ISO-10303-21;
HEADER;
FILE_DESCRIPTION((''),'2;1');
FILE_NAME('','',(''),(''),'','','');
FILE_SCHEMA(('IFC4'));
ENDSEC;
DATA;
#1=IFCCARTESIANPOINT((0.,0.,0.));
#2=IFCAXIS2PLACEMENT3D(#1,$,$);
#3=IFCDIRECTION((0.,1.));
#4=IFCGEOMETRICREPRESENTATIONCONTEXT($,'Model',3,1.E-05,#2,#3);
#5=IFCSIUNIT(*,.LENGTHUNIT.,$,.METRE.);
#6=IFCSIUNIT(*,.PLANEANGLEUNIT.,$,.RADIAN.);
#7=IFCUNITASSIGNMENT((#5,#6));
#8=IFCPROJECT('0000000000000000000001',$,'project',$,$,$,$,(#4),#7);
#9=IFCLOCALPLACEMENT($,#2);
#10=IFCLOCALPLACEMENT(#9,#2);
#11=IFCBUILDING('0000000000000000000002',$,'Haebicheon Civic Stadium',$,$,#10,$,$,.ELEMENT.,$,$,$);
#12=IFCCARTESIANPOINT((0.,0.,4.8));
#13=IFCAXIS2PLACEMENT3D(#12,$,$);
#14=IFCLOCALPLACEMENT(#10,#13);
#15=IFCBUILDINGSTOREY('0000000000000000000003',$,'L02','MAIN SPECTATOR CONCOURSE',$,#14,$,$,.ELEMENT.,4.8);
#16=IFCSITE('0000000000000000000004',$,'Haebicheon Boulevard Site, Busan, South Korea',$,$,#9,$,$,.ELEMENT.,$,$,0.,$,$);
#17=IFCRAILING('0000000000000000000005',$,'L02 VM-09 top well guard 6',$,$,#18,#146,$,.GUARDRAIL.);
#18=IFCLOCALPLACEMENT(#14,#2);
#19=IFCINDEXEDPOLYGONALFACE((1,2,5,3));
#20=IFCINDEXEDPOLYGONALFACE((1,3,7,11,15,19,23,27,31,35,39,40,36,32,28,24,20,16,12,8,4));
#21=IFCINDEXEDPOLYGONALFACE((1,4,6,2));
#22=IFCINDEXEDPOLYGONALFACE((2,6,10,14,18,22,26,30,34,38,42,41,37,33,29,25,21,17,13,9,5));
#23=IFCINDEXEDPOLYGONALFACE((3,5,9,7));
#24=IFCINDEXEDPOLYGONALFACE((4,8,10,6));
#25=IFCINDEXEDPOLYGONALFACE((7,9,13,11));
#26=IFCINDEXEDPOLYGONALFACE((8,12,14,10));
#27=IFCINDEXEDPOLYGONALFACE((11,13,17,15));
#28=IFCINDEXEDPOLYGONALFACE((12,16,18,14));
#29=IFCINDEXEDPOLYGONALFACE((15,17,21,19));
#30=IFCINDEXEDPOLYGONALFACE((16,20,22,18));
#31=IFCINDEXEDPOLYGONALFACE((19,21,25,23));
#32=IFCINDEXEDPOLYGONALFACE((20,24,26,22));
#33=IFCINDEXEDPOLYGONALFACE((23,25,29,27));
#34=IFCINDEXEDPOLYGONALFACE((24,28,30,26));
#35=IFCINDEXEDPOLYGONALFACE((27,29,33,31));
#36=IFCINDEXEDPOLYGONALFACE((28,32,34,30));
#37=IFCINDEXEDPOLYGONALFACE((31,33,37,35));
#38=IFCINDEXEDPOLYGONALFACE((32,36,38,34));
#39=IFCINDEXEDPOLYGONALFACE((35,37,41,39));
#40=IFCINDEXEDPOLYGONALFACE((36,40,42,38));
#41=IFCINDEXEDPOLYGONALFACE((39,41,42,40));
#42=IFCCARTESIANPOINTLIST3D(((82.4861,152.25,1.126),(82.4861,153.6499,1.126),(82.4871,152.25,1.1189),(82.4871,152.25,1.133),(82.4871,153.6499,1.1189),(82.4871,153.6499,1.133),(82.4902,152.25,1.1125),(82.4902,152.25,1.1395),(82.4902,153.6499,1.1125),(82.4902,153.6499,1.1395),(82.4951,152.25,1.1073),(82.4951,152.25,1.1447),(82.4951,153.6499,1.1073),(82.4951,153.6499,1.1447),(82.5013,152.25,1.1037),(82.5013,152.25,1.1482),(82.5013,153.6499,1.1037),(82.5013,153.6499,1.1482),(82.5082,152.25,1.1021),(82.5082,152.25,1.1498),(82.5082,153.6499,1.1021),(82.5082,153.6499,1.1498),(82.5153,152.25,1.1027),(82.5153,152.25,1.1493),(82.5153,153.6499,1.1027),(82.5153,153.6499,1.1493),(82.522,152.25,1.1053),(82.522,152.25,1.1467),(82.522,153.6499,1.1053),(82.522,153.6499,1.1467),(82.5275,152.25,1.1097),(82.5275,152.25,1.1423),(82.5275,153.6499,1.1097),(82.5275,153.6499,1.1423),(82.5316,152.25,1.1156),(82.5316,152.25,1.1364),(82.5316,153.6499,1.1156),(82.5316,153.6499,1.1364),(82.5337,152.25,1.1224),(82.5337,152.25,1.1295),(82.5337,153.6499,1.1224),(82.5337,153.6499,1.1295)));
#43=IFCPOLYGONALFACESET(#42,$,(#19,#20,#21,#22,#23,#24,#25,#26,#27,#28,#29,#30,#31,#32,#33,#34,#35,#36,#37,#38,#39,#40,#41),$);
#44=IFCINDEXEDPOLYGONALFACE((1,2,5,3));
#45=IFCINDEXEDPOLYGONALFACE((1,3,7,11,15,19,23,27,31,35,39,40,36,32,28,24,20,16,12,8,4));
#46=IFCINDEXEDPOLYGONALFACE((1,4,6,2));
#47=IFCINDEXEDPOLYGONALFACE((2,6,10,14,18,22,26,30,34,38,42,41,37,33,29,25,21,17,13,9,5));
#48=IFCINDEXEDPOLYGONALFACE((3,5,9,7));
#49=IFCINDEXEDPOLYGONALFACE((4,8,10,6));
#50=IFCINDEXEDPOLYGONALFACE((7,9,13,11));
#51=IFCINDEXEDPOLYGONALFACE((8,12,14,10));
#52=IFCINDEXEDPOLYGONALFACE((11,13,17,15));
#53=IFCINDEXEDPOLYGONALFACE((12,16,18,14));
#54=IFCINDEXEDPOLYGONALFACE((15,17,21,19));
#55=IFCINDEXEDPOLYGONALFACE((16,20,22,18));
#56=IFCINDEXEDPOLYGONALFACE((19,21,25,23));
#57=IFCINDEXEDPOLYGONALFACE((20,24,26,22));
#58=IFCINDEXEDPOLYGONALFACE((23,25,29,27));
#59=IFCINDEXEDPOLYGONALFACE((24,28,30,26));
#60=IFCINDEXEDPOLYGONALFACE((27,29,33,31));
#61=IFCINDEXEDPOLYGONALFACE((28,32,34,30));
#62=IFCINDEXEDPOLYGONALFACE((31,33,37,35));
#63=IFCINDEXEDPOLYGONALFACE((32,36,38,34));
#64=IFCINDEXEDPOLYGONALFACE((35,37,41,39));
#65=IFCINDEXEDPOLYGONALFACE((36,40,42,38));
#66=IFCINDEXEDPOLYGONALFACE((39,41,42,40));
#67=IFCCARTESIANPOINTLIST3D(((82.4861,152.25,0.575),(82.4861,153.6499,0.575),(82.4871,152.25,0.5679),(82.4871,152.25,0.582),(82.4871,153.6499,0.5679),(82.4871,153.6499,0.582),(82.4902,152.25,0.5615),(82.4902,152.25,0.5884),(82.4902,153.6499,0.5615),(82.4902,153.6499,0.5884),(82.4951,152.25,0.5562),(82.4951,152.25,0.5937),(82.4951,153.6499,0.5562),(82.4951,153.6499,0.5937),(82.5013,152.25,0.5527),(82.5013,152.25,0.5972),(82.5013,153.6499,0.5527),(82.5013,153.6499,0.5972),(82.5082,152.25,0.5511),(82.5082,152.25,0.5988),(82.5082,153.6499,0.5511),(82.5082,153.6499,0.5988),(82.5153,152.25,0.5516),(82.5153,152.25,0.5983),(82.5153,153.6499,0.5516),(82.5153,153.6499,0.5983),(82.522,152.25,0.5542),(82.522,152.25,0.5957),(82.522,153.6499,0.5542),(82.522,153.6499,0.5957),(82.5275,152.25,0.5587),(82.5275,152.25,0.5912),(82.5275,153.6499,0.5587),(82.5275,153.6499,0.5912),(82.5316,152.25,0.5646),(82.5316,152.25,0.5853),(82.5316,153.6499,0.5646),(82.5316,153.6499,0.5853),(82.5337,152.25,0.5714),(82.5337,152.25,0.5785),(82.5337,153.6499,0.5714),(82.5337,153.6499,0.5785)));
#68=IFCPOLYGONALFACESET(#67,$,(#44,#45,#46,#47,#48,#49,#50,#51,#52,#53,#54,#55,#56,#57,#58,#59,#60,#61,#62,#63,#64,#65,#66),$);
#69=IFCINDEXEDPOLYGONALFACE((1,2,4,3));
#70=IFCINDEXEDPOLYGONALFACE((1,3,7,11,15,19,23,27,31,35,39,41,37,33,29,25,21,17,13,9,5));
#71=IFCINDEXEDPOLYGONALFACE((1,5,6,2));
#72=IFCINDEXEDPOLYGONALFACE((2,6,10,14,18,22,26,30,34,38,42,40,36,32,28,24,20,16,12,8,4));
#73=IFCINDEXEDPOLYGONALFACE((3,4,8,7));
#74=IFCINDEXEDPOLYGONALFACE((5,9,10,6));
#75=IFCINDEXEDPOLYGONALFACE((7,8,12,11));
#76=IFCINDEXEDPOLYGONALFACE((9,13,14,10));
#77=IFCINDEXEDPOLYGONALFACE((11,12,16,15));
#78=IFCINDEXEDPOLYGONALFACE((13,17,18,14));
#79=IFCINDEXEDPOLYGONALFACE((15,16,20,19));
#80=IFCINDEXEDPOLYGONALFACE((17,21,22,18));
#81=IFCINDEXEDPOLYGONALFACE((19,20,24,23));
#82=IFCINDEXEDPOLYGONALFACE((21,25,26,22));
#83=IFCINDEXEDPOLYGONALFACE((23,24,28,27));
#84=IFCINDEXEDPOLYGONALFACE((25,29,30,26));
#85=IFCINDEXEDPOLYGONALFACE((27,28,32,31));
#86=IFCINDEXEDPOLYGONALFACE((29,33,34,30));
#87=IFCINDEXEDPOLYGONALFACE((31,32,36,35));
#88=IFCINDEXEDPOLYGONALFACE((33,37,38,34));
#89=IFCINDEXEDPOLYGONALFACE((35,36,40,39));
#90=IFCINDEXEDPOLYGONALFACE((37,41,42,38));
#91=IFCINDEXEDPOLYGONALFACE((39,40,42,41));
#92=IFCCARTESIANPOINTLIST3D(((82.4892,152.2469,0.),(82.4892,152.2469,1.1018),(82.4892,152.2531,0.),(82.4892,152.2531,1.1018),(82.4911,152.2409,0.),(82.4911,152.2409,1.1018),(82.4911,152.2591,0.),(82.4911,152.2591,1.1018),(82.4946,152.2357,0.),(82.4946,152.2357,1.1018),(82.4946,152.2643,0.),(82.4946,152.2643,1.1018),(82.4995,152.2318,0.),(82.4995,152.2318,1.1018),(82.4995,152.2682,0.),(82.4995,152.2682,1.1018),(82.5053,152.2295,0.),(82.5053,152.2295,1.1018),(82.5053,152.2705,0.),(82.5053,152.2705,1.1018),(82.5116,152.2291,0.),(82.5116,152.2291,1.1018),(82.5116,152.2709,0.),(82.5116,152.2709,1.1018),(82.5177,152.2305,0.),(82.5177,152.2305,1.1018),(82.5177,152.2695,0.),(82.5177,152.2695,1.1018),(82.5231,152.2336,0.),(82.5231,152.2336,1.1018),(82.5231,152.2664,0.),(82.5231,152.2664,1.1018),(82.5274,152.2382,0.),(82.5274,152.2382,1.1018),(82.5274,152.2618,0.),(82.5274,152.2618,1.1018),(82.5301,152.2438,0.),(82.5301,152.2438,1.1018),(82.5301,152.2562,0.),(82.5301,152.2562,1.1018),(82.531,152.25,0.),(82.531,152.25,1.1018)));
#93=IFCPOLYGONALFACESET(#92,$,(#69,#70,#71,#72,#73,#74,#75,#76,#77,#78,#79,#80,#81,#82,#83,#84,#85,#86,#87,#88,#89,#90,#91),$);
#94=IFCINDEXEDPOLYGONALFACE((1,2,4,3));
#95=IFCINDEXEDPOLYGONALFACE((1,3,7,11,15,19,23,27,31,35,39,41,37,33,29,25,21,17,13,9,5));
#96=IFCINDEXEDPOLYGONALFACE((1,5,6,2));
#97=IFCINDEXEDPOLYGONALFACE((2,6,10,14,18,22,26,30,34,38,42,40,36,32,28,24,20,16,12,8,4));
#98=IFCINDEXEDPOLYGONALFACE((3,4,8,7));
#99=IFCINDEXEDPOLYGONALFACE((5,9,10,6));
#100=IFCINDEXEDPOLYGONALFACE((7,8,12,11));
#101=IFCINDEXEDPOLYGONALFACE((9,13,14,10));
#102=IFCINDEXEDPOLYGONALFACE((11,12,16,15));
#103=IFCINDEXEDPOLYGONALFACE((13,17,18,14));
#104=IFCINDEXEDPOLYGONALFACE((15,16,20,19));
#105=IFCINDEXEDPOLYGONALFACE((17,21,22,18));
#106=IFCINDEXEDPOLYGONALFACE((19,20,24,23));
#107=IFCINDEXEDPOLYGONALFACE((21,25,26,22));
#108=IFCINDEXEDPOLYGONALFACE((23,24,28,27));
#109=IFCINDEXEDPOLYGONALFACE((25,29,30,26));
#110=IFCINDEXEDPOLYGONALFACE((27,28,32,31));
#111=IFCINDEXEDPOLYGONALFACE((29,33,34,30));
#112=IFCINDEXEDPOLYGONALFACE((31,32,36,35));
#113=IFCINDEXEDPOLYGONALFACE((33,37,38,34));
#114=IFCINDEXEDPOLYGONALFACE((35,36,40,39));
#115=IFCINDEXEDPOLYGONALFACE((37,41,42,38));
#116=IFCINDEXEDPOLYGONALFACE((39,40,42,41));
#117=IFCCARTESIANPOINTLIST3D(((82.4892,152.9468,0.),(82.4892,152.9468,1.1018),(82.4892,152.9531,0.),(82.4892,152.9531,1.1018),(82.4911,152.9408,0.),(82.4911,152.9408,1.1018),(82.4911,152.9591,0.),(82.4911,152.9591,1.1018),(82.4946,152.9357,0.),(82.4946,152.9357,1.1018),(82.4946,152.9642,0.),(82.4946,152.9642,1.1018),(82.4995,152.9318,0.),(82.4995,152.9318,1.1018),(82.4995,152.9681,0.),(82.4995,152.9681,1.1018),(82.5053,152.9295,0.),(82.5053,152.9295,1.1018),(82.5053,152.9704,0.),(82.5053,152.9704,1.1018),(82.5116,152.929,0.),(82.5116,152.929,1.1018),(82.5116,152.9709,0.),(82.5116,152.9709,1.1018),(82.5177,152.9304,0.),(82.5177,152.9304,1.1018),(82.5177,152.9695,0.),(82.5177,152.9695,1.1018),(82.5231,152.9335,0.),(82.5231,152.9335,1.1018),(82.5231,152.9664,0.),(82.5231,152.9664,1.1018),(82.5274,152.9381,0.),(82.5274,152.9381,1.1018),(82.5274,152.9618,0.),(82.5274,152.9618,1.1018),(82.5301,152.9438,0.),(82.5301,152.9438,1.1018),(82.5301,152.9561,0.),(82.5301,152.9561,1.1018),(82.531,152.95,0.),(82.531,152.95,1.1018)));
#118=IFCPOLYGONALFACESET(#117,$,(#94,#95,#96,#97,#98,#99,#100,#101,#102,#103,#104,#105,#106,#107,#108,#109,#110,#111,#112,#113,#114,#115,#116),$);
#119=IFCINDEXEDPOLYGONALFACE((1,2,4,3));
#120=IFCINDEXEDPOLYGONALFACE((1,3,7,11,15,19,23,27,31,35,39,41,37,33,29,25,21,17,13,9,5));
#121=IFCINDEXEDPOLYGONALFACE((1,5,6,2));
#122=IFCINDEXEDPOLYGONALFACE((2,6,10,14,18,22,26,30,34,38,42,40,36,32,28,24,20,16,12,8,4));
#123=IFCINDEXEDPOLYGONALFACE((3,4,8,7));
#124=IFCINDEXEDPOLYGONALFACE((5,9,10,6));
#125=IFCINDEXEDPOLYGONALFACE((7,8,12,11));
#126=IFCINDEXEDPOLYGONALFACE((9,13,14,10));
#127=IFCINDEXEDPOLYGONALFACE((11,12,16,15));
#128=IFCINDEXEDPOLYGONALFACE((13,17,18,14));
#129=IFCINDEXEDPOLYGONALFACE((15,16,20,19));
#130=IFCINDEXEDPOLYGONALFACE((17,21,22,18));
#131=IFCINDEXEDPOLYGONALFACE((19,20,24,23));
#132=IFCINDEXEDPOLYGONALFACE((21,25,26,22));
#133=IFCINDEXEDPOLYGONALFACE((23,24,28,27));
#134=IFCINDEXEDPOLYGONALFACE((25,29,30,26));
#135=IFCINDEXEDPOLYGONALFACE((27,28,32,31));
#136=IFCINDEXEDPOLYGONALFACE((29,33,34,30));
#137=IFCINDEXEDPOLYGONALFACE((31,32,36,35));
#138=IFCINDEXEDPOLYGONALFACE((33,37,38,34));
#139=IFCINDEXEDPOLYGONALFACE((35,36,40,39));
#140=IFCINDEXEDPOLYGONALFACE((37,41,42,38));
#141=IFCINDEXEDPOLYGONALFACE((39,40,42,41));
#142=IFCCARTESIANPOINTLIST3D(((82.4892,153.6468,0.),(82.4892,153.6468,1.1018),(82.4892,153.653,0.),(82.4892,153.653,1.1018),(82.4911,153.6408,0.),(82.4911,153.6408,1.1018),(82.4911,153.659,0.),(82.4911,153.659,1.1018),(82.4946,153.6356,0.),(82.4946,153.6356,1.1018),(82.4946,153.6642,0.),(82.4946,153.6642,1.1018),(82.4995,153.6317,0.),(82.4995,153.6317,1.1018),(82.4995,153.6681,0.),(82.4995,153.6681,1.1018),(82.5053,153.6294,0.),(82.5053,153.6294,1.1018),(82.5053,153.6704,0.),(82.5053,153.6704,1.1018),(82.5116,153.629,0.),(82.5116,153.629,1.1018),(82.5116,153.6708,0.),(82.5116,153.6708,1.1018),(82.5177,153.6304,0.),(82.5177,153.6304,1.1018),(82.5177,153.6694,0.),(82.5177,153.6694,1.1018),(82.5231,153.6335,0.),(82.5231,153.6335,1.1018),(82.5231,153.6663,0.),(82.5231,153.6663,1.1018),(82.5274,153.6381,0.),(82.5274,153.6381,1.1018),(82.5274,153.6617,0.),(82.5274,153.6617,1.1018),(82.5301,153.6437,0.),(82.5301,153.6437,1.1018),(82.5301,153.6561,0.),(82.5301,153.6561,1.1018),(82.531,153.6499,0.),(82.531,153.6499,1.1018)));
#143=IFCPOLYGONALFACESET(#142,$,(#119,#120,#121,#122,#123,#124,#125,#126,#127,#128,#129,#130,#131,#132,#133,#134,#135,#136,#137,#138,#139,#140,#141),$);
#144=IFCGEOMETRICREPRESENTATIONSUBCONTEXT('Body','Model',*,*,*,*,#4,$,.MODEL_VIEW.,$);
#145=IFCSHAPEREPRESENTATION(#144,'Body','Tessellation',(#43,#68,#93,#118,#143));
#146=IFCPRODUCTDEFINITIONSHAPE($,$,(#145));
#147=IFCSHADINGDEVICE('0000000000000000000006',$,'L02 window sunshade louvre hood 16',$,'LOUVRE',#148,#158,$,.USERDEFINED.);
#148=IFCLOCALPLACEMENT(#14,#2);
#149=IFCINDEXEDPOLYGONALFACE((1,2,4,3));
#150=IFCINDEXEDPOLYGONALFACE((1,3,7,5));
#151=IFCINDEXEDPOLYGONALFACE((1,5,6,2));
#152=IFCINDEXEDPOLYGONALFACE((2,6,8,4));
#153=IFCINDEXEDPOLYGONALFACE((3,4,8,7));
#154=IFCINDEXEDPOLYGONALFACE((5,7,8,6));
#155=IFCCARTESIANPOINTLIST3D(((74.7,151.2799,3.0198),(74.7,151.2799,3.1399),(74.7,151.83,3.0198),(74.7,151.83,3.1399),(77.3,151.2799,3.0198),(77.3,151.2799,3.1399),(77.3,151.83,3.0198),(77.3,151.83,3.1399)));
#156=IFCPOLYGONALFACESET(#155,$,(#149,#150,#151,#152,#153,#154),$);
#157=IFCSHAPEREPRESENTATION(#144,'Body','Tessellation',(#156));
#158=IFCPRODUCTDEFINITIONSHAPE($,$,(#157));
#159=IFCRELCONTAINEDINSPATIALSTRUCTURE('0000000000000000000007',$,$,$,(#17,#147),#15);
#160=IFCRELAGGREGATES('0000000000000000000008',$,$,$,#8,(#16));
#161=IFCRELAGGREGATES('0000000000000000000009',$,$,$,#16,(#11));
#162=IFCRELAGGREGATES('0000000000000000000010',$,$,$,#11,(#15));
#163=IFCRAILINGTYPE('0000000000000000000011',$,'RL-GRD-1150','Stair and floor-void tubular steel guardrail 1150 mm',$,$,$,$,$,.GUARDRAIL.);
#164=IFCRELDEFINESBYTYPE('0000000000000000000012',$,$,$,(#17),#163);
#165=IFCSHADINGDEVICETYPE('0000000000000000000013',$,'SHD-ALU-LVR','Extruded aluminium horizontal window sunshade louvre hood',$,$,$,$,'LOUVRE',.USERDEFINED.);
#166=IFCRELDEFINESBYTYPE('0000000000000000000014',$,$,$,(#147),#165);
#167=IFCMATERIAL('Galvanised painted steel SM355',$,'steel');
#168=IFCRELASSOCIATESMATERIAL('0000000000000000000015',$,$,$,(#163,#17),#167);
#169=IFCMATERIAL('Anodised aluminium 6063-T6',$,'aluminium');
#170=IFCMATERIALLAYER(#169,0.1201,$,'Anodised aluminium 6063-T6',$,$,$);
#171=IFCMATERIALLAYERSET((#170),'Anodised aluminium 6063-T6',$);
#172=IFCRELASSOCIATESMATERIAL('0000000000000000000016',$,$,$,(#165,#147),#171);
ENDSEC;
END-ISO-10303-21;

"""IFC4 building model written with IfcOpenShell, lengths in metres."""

from ifc_helpers import new_model, si_unit, direction, frame, origin, origin_2d, place, context, subcontext, project, spatial, rectangle, circle, extrude, material, layer, layer_set, type_object, element, save


model = new_model("IFC4")

# Units and contexts
model_context = context("Model", 3, precision=1e-05, world=origin(), true_north=direction((0.0, 1.0)))
body_context = subcontext(model_context, "Body", "Model", "MODEL_VIEW")
ifc_project = project(units=[si_unit("LENGTHUNIT", "METRE"), si_unit("PLANEANGLEUNIT", "RADIAN")], contexts=[model_context])

# Site, building, storey
site_placement = place(None, origin())
site = spatial("IfcSite", under=ifc_project, at=site_placement, Name="Haebicheon Boulevard Site, Busan, South Korea", CompositionType="ELEMENT", RefElevation=0.0)
building_placement = place(site_placement, origin())
building = spatial("IfcBuilding", under=site, at=building_placement, Name="Haebicheon Civic Stadium", CompositionType="ELEMENT")
storey_placement = place(building_placement, frame((0.0, 0.0, 4.8)))
storey = spatial("IfcBuildingStorey", under=building, at=storey_placement, Name="L02", Description="MAIN SPECTATOR CONCOURSE", CompositionType="ELEMENT", Elevation=4.8)

# Railing
ifc_material_1 = material(Name="Galvanised painted steel SM355", Category="steel")
railing_type_1 = type_object("IfcRailingType", Name="RL-GRD-1150", Description="Stair and floor-void tubular steel guardrail 1150 mm", PredefinedType="GUARDRAIL", material=ifc_material_1)
for number, where, name in (
    (1, (82.51, 152.25, 0.0), "L02 VM-09 top well guard 6"),
):
    element("IfcRailing", number, at=place(storey_placement, frame(where)), inside=storey, type_object=railing_type_1, material=ifc_material_1, Name=name, PredefinedType="GUARDRAIL", context=body_context, shape_type="SweptSolid", body=[
        extrude(circle(Radius=0.0239, at=origin_2d()), frame((0.0, 0.0, 1.126), z_axis=(0.0, 1.0, 0.0), x_axis=(-1.0, 0.0, 0.0)), (0.0, 0.0, 1.0), 1.3999),
        extrude(circle(Radius=0.0239, at=origin_2d()), frame((0.0, 0.0, 0.575), z_axis=(0.0, 1.0, 0.0), x_axis=(-1.0, 0.0, 0.0)), (0.0, 0.0, 1.0), 1.3999),
        extrude(circle(Radius=0.021, at=origin_2d()), origin(), (0.0, 0.0, 1.0), 1.1018),
        extrude(circle(Radius=0.021, at=origin_2d()), frame((0.0, 0.7, 0.0)), (0.0, 0.0, 1.0), 1.1018),
        extrude(circle(Radius=0.021, at=origin_2d()), frame((0.0, 1.3999, 0.0)), (0.0, 0.0, 1.0), 1.1018),
    ])

# Shading device
ifc_material_2 = material(Name="Anodised aluminium 6063-T6", Category="aluminium")
ifc_layer_1 = layer(ifc_material_2, 0.1201, Name="Anodised aluminium 6063-T6")
ifc_layer_set_1 = layer_set([ifc_layer_1], Name="Anodised aluminium 6063-T6")
shading_device_type = type_object("IfcShadingDeviceType", Name="SHD-ALU-LVR", Description="Extruded aluminium horizontal window sunshade louvre hood", ElementType="LOUVRE", PredefinedType="USERDEFINED", material=ifc_layer_set_1)
shading_device_placement = place(storey_placement, frame((76.0, 151.5549, 3.0198), z_axis=(0.0, 0.0, 1.0), x_axis=(1.0, 0.0, 0.0)))
element("IfcShadingDevice", 2, at=shading_device_placement, inside=storey, type_object=shading_device_type, material=ifc_layer_set_1, Name="L02 window sunshade louvre hood 16", ObjectType="LOUVRE", PredefinedType="USERDEFINED", context=body_context, shape_type="SweptSolid", body=[
    extrude(rectangle(XDim=2.6001, YDim=0.55, at=origin_2d()), origin(), (0.0, 0.0, 1.0), 0.1201),
])

save(model, "model.ifc")
